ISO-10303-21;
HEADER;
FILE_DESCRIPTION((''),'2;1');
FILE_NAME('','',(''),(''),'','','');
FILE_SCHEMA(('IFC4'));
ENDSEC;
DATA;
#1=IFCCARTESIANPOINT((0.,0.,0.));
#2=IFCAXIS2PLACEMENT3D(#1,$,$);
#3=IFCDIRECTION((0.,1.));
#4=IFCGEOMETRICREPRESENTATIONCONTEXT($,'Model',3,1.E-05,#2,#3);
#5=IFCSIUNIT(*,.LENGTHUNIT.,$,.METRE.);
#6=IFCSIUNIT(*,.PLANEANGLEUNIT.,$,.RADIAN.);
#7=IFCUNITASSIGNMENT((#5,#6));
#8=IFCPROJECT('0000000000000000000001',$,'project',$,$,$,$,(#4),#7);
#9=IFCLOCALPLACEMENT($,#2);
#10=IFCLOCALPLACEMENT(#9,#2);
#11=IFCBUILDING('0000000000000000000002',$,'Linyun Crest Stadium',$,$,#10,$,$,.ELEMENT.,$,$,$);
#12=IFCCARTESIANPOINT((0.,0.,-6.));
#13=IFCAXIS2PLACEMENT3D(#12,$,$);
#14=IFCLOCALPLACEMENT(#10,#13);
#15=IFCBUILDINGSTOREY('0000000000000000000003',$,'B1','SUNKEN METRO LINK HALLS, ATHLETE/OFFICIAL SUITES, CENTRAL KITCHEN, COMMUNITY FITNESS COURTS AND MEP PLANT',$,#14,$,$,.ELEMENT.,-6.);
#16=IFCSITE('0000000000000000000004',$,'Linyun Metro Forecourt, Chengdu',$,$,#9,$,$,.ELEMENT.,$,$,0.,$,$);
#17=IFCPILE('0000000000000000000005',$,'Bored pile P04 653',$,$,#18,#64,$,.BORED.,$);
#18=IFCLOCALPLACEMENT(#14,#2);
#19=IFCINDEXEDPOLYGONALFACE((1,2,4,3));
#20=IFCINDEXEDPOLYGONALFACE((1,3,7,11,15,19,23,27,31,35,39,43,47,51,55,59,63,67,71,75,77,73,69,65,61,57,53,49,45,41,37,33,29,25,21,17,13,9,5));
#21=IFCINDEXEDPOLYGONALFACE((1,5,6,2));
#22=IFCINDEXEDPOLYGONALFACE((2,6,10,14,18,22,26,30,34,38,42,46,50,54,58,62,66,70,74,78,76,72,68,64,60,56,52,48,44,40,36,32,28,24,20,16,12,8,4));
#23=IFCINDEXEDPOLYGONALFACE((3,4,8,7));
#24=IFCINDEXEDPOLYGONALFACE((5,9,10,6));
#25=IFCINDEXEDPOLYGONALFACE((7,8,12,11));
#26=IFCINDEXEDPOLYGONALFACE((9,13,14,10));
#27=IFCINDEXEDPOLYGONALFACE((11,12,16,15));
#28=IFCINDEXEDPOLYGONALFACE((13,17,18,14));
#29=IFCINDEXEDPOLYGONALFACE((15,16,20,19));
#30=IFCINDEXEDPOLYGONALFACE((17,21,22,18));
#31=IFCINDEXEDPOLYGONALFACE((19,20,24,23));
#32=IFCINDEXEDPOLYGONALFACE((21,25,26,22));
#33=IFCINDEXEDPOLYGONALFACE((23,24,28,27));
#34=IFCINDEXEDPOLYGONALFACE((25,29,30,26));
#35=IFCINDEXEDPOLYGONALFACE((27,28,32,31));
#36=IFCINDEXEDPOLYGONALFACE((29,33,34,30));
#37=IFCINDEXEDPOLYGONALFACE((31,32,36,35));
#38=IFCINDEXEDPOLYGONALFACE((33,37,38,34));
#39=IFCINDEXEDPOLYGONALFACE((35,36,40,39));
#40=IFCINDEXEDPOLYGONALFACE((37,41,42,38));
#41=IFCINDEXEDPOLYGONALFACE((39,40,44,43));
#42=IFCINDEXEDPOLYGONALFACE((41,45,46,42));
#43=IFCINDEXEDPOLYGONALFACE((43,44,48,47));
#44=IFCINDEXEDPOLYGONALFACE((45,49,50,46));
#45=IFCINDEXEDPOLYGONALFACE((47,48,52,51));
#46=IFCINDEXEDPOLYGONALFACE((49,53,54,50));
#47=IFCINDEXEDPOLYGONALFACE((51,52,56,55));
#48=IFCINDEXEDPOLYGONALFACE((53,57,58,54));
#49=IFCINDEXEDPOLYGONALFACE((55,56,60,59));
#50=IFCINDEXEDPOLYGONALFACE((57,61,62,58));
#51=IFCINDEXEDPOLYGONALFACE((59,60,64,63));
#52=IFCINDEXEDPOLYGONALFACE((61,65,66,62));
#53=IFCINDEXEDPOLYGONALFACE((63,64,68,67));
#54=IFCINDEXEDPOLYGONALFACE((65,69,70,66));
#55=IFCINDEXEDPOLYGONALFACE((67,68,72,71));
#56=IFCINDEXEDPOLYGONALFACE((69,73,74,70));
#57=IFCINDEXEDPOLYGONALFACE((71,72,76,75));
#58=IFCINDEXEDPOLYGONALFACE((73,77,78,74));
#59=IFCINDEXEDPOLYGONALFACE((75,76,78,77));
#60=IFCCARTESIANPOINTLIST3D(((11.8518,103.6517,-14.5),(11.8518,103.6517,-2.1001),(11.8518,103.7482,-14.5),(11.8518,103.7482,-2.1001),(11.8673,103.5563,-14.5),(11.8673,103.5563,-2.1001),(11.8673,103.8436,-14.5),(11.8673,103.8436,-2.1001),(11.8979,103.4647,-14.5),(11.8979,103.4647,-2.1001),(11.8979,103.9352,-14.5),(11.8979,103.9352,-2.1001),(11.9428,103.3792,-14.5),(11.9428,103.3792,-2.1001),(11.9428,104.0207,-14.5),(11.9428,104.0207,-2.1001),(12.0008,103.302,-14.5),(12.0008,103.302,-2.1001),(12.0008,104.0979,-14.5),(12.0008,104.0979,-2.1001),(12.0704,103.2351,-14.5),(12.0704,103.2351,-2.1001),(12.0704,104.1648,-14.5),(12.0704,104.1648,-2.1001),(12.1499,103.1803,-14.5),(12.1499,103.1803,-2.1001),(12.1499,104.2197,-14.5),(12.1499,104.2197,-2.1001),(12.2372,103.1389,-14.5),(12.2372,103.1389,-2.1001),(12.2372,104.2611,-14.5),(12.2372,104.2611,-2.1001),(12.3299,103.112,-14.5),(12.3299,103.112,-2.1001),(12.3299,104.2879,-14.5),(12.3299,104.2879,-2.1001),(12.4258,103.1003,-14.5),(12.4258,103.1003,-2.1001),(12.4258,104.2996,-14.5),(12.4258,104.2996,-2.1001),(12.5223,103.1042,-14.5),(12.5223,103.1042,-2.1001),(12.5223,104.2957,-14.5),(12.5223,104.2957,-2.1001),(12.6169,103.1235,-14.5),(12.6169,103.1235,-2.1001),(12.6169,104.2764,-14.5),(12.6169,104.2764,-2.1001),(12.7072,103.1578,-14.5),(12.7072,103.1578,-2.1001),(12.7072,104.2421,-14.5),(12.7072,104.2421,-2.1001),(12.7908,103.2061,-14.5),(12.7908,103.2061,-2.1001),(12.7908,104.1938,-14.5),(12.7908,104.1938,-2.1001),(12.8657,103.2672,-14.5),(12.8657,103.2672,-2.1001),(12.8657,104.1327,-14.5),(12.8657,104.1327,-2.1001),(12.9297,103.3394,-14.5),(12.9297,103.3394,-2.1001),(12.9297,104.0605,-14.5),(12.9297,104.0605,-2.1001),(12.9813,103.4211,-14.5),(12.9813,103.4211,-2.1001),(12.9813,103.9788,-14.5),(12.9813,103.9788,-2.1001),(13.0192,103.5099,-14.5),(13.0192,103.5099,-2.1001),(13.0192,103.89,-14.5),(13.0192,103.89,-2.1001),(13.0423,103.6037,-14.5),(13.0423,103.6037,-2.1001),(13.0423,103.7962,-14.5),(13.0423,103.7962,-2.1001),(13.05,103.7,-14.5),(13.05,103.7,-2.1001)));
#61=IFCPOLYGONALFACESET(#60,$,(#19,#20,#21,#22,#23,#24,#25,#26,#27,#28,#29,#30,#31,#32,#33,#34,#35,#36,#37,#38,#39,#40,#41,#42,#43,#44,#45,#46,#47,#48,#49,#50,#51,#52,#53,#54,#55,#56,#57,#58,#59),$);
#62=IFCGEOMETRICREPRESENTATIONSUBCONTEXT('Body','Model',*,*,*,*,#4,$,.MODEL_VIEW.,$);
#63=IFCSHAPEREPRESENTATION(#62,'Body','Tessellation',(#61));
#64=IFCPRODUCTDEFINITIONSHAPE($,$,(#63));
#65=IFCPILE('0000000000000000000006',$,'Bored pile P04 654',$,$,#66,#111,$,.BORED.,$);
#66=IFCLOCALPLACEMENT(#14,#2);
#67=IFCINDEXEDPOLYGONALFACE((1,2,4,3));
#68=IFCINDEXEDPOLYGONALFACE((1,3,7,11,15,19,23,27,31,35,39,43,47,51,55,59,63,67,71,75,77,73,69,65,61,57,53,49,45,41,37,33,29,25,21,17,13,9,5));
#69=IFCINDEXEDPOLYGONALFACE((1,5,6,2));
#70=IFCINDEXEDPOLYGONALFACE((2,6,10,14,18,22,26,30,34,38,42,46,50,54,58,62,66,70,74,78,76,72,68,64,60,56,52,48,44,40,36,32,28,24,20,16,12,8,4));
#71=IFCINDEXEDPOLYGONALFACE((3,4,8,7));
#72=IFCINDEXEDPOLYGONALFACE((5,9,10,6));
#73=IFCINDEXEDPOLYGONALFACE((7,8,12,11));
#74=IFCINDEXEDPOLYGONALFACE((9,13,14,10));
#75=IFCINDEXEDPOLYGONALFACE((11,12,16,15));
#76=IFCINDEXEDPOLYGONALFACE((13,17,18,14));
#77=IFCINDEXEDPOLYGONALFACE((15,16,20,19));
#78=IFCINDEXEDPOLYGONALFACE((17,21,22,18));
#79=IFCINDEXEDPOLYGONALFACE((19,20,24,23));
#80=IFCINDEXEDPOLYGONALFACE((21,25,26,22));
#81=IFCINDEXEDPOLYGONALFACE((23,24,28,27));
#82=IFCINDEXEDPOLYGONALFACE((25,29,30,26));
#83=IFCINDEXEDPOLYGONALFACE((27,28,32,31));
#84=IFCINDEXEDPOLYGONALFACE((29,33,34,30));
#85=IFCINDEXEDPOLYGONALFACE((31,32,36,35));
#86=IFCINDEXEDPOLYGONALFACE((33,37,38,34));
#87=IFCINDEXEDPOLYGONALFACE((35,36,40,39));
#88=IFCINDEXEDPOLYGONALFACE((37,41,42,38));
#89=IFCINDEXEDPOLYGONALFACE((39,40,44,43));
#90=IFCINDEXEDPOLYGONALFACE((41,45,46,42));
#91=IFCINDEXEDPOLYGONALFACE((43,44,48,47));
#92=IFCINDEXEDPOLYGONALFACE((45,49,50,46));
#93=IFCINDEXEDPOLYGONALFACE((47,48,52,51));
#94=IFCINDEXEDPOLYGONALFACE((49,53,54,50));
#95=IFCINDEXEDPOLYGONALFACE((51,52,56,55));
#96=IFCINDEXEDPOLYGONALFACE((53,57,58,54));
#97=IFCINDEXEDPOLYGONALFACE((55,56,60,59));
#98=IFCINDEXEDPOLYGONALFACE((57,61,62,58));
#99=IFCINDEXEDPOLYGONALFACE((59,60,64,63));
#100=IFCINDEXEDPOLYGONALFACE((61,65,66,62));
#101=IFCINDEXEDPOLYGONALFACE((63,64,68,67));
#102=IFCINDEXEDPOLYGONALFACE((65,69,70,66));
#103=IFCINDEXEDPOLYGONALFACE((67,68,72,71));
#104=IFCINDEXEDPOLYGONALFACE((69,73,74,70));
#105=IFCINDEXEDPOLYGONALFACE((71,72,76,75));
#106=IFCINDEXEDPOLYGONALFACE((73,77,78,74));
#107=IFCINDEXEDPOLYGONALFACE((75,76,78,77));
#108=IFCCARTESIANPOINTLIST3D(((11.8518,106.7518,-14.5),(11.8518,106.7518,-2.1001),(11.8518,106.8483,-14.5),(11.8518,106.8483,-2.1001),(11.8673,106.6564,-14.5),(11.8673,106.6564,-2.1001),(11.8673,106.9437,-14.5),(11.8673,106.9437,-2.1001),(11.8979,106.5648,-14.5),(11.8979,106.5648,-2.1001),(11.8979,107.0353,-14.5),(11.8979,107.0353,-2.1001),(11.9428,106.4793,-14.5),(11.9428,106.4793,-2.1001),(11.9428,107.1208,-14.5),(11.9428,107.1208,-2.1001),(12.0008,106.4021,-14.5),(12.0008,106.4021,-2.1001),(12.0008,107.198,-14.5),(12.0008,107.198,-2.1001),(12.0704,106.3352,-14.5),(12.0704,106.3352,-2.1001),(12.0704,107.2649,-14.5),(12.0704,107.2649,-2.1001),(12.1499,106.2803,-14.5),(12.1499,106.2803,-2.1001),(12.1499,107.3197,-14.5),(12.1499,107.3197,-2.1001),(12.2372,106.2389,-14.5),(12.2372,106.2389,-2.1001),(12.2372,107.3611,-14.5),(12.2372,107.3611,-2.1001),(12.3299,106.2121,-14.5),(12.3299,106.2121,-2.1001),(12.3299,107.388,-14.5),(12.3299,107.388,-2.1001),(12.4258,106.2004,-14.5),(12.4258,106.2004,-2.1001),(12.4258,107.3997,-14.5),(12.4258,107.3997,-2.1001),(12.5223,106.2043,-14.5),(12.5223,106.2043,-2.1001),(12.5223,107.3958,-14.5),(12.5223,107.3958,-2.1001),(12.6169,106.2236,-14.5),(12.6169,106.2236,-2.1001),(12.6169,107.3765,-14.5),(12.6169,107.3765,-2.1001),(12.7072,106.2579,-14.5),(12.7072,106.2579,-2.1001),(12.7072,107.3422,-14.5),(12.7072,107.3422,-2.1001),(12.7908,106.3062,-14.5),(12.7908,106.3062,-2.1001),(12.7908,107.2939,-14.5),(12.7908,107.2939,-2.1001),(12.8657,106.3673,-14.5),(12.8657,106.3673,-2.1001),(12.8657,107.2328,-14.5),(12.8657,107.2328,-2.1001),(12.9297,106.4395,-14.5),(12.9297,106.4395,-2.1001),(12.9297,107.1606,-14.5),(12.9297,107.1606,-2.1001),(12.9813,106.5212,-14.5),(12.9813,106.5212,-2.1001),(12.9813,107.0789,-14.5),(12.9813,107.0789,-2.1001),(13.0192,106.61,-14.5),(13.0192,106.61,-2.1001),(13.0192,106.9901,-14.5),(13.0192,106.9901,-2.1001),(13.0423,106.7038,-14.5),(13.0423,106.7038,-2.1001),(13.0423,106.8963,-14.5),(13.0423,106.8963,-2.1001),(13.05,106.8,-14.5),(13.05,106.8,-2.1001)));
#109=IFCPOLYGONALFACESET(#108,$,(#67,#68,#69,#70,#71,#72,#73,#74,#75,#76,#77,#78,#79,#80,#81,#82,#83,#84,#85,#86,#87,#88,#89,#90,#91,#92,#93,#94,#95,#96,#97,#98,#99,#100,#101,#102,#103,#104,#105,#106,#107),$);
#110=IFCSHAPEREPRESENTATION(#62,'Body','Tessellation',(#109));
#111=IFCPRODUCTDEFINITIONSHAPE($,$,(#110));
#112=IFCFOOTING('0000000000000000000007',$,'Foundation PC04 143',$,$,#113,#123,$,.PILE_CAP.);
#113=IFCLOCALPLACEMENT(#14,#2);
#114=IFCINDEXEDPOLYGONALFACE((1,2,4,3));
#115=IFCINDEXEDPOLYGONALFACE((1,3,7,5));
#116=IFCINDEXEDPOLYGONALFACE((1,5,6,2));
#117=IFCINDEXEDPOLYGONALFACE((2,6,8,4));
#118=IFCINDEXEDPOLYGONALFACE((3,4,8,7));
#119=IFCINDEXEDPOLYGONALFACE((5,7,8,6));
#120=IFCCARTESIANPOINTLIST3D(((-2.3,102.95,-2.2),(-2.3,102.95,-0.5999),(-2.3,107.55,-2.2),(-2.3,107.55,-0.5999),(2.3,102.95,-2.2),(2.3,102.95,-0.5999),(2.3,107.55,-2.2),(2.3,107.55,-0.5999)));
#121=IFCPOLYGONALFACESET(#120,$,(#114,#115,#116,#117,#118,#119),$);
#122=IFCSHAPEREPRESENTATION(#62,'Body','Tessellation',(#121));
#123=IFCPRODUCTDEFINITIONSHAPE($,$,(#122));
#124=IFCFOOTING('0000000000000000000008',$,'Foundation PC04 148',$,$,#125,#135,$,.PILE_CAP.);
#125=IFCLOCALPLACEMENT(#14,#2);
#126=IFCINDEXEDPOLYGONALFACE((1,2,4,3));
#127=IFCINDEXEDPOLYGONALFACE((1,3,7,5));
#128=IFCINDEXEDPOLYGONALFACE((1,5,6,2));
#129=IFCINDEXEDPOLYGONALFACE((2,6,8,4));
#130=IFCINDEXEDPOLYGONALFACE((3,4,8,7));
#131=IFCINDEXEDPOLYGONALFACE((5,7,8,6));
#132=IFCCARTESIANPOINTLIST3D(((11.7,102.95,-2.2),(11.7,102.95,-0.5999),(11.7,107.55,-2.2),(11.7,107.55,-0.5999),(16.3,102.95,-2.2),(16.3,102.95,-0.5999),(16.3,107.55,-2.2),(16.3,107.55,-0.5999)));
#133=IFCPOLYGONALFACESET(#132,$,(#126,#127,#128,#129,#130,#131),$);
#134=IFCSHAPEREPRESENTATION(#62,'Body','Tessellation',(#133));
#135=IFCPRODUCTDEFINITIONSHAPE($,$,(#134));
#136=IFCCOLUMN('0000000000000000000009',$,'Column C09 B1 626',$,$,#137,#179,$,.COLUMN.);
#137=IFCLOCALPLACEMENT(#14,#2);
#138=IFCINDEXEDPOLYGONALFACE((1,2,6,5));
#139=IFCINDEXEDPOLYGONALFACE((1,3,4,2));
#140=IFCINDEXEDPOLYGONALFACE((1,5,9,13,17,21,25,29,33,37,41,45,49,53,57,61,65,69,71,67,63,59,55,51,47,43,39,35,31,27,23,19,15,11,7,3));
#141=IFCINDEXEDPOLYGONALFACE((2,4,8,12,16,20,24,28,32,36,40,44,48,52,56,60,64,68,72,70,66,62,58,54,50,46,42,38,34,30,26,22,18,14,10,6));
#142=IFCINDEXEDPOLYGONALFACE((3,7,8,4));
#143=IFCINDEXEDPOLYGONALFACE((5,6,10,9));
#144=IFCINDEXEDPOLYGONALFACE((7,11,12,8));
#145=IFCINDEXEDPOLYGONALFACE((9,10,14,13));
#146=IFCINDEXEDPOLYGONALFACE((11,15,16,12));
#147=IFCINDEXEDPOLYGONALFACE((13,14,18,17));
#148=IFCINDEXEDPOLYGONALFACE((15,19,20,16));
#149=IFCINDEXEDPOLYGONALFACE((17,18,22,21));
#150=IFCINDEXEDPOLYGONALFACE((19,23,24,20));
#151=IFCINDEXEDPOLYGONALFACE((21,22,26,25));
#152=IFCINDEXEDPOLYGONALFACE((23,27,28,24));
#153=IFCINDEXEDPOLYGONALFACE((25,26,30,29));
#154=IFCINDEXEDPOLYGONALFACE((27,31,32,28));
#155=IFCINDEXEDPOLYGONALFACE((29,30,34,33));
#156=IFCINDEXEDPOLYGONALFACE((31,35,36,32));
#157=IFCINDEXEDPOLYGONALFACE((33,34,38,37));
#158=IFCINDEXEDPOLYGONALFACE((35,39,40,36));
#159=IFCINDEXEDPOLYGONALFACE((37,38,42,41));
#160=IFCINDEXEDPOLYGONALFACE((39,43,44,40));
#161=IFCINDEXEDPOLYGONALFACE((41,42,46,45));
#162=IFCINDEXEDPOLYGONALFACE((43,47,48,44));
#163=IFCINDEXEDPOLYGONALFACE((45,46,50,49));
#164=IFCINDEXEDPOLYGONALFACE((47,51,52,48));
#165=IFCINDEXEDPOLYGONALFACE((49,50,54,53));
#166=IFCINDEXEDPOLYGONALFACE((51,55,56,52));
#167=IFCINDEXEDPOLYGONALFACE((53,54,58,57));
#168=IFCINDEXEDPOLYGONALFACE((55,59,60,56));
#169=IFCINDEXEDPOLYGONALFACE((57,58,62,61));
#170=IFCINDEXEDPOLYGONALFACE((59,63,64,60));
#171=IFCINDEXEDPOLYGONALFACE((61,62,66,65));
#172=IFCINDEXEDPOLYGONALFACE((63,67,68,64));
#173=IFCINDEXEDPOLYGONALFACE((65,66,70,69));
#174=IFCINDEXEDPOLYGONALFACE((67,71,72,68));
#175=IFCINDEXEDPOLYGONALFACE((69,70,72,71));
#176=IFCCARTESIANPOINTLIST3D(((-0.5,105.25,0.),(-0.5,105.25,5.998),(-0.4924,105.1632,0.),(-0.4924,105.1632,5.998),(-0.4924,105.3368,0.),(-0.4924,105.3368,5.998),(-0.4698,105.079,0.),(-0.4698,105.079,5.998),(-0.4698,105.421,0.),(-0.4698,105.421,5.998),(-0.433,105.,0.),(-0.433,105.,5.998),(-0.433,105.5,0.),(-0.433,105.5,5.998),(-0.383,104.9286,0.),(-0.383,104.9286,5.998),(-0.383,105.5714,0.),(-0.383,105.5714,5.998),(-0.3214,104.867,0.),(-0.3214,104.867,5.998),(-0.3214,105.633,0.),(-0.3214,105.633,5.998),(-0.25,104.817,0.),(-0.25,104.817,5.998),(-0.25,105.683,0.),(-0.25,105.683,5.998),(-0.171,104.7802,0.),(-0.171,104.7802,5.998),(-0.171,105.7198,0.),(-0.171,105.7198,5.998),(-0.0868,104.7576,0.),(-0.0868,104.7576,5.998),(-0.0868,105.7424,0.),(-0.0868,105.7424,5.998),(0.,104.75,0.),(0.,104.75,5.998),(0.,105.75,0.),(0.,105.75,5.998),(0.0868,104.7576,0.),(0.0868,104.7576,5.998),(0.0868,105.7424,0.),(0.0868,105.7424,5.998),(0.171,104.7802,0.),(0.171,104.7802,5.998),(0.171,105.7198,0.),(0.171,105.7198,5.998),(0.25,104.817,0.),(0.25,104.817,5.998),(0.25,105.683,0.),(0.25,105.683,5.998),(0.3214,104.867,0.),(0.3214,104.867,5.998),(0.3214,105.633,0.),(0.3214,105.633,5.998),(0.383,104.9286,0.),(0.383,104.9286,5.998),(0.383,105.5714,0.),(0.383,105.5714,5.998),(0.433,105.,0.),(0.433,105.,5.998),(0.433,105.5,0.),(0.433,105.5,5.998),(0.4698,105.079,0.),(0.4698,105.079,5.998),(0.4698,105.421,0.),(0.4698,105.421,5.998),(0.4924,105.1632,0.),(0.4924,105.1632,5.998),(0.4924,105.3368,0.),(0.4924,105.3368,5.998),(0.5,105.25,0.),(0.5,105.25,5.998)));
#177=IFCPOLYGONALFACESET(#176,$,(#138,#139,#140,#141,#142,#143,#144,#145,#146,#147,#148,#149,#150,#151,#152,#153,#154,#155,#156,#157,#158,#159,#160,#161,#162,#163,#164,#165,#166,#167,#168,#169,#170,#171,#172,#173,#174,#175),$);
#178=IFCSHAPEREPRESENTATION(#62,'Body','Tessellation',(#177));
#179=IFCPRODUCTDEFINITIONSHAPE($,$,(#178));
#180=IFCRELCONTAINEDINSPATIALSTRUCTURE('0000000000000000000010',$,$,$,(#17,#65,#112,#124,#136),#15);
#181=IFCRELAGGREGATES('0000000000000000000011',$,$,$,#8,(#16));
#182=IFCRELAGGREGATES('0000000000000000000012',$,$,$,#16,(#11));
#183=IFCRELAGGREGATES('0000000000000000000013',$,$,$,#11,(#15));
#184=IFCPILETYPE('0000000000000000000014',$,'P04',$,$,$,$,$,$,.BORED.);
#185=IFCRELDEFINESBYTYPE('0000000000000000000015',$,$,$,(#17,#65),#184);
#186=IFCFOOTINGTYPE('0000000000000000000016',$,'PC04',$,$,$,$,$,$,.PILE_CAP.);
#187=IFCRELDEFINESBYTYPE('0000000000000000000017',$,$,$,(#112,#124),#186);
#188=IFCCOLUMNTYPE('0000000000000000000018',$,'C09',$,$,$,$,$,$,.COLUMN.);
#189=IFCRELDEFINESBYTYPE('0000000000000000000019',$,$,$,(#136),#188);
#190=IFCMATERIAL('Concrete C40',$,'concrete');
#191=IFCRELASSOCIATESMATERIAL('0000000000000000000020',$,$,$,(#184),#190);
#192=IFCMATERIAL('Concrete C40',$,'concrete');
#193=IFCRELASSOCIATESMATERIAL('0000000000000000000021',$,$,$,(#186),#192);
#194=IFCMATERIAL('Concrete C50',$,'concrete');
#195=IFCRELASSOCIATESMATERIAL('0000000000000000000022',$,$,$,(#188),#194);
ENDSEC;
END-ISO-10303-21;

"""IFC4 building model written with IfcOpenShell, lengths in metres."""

from ifc_helpers import new_model, si_unit, direction, frame, origin, origin_2d, place, context, subcontext, project, spatial, rectangle, circle, extrude, material, material_profile, profile_set, type_object, element, save


model = new_model("IFC4")

# Units and contexts
model_context = context("Model", 3, precision=1e-05, world=origin(), true_north=direction((0.0, 1.0)))
body_context = subcontext(model_context, "Body", "Model", "MODEL_VIEW")
ifc_project = project(units=[si_unit("LENGTHUNIT", "METRE"), si_unit("PLANEANGLEUNIT", "RADIAN")], contexts=[model_context])

# Site, building, storey
site_placement = place(None, origin())
site = spatial("IfcSite", under=ifc_project, at=site_placement, Name="Linyun Metro Forecourt, Chengdu", CompositionType="ELEMENT", RefElevation=0.0)
building_placement = place(site_placement, origin())
building = spatial("IfcBuilding", under=site, at=building_placement, Name="Linyun Crest Stadium", CompositionType="ELEMENT")
storey_placement = place(building_placement, frame((0.0, 0.0, -6.0)))
storey = spatial("IfcBuildingStorey", under=building, at=storey_placement, Name="B1", Description="SUNKEN METRO LINK HALLS, ATHLETE/OFFICIAL SUITES, CENTRAL KITCHEN, COMMUNITY FITNESS COURTS AND MEP PLANT", CompositionType="ELEMENT", Elevation=-6.0)

# Piles
ifc_material_1 = material(Name="Concrete C40", Category="concrete")
ifc_material_profile_1 = material_profile(ifc_material_1, circle(Radius=0.6001, at=origin_2d()), Name="BORED PILE 1200")
ifc_profile_set_1 = profile_set([ifc_material_profile_1], Name="Concrete C40")
pile_type = type_object("IfcPileType", Name="P04", PredefinedType="BORED", material=ifc_profile_set_1)
for number, where, z_axis, x_axis, name in (
    (1, (12.45, 103.7, -2.1001), (0.0, 0.0, -1.0), (1.0, 0.0, 0.0), "Bored pile P04 653"),
    (2, (12.45, 106.8, -2.1001), (0.0, 0.0, -1.0), (1.0, 0.0, 0.0), "Bored pile P04 654"),
):
    element("IfcPile", number, at=place(storey_placement, frame(where, z_axis=z_axis, x_axis=x_axis)), inside=storey, type_object=pile_type, Name=name, PredefinedType="BORED", context=body_context, shape_type="SweptSolid", body=[
        extrude(circle(Radius=0.6001, at=origin_2d()), origin(), (0.0, 0.0, 1.0), 12.3999),
    ])

# Footings
ifc_material_2 = material(Name="Concrete C40", Category="concrete")
footing_type = type_object("IfcFootingType", Name="PC04", PredefinedType="PILE_CAP", material=ifc_material_2)
for number, where, z_axis, x_axis, name in (
    (3, (0.0, 105.25, -2.2), (0.0, 0.0, 1.0), (1.0, 0.0, 0.0), "Foundation PC04 143"),
    (4, (14.0, 105.25, -2.2), (0.0, 0.0, 1.0), (1.0, 0.0, 0.0), "Foundation PC04 148"),
):
    element("IfcFooting", number, at=place(storey_placement, frame(where, z_axis=z_axis, x_axis=x_axis)), inside=storey, type_object=footing_type, Name=name, PredefinedType="PILE_CAP", context=body_context, shape_type="SweptSolid", body=[
        extrude(rectangle(XDim=4.6001, YDim=4.6001, at=origin_2d()), origin(), (0.0, 0.0, 1.0), 1.6001),
    ])

# Column
ifc_material_3 = material(Name="Concrete C50", Category="concrete")
ifc_material_profile_2 = material_profile(ifc_material_3, circle(Radius=0.5, at=origin_2d()), Name="RC D1000")
ifc_profile_set_2 = profile_set([ifc_material_profile_2], Name="Concrete C50")
column_type = type_object("IfcColumnType", Name="C09", PredefinedType="COLUMN", material=ifc_profile_set_2)
for number, where, z_axis, x_axis, name in (
    (5, (0.0, 105.25, 0.0), (0.0, 0.0, 1.0), (1.0, 0.0, 0.0), "Column C09 B1 626"),
):
    element("IfcColumn", number, at=place(storey_placement, frame(where, z_axis=z_axis, x_axis=x_axis)), inside=storey, type_object=column_type, Name=name, PredefinedType="COLUMN", context=body_context, shape_type="SweptSolid", body=[
        extrude(circle(Radius=0.5, at=origin_2d()), origin(), (0.0, 0.0, 1.0), 5.998),
    ])

save(model, "model.ifc")
